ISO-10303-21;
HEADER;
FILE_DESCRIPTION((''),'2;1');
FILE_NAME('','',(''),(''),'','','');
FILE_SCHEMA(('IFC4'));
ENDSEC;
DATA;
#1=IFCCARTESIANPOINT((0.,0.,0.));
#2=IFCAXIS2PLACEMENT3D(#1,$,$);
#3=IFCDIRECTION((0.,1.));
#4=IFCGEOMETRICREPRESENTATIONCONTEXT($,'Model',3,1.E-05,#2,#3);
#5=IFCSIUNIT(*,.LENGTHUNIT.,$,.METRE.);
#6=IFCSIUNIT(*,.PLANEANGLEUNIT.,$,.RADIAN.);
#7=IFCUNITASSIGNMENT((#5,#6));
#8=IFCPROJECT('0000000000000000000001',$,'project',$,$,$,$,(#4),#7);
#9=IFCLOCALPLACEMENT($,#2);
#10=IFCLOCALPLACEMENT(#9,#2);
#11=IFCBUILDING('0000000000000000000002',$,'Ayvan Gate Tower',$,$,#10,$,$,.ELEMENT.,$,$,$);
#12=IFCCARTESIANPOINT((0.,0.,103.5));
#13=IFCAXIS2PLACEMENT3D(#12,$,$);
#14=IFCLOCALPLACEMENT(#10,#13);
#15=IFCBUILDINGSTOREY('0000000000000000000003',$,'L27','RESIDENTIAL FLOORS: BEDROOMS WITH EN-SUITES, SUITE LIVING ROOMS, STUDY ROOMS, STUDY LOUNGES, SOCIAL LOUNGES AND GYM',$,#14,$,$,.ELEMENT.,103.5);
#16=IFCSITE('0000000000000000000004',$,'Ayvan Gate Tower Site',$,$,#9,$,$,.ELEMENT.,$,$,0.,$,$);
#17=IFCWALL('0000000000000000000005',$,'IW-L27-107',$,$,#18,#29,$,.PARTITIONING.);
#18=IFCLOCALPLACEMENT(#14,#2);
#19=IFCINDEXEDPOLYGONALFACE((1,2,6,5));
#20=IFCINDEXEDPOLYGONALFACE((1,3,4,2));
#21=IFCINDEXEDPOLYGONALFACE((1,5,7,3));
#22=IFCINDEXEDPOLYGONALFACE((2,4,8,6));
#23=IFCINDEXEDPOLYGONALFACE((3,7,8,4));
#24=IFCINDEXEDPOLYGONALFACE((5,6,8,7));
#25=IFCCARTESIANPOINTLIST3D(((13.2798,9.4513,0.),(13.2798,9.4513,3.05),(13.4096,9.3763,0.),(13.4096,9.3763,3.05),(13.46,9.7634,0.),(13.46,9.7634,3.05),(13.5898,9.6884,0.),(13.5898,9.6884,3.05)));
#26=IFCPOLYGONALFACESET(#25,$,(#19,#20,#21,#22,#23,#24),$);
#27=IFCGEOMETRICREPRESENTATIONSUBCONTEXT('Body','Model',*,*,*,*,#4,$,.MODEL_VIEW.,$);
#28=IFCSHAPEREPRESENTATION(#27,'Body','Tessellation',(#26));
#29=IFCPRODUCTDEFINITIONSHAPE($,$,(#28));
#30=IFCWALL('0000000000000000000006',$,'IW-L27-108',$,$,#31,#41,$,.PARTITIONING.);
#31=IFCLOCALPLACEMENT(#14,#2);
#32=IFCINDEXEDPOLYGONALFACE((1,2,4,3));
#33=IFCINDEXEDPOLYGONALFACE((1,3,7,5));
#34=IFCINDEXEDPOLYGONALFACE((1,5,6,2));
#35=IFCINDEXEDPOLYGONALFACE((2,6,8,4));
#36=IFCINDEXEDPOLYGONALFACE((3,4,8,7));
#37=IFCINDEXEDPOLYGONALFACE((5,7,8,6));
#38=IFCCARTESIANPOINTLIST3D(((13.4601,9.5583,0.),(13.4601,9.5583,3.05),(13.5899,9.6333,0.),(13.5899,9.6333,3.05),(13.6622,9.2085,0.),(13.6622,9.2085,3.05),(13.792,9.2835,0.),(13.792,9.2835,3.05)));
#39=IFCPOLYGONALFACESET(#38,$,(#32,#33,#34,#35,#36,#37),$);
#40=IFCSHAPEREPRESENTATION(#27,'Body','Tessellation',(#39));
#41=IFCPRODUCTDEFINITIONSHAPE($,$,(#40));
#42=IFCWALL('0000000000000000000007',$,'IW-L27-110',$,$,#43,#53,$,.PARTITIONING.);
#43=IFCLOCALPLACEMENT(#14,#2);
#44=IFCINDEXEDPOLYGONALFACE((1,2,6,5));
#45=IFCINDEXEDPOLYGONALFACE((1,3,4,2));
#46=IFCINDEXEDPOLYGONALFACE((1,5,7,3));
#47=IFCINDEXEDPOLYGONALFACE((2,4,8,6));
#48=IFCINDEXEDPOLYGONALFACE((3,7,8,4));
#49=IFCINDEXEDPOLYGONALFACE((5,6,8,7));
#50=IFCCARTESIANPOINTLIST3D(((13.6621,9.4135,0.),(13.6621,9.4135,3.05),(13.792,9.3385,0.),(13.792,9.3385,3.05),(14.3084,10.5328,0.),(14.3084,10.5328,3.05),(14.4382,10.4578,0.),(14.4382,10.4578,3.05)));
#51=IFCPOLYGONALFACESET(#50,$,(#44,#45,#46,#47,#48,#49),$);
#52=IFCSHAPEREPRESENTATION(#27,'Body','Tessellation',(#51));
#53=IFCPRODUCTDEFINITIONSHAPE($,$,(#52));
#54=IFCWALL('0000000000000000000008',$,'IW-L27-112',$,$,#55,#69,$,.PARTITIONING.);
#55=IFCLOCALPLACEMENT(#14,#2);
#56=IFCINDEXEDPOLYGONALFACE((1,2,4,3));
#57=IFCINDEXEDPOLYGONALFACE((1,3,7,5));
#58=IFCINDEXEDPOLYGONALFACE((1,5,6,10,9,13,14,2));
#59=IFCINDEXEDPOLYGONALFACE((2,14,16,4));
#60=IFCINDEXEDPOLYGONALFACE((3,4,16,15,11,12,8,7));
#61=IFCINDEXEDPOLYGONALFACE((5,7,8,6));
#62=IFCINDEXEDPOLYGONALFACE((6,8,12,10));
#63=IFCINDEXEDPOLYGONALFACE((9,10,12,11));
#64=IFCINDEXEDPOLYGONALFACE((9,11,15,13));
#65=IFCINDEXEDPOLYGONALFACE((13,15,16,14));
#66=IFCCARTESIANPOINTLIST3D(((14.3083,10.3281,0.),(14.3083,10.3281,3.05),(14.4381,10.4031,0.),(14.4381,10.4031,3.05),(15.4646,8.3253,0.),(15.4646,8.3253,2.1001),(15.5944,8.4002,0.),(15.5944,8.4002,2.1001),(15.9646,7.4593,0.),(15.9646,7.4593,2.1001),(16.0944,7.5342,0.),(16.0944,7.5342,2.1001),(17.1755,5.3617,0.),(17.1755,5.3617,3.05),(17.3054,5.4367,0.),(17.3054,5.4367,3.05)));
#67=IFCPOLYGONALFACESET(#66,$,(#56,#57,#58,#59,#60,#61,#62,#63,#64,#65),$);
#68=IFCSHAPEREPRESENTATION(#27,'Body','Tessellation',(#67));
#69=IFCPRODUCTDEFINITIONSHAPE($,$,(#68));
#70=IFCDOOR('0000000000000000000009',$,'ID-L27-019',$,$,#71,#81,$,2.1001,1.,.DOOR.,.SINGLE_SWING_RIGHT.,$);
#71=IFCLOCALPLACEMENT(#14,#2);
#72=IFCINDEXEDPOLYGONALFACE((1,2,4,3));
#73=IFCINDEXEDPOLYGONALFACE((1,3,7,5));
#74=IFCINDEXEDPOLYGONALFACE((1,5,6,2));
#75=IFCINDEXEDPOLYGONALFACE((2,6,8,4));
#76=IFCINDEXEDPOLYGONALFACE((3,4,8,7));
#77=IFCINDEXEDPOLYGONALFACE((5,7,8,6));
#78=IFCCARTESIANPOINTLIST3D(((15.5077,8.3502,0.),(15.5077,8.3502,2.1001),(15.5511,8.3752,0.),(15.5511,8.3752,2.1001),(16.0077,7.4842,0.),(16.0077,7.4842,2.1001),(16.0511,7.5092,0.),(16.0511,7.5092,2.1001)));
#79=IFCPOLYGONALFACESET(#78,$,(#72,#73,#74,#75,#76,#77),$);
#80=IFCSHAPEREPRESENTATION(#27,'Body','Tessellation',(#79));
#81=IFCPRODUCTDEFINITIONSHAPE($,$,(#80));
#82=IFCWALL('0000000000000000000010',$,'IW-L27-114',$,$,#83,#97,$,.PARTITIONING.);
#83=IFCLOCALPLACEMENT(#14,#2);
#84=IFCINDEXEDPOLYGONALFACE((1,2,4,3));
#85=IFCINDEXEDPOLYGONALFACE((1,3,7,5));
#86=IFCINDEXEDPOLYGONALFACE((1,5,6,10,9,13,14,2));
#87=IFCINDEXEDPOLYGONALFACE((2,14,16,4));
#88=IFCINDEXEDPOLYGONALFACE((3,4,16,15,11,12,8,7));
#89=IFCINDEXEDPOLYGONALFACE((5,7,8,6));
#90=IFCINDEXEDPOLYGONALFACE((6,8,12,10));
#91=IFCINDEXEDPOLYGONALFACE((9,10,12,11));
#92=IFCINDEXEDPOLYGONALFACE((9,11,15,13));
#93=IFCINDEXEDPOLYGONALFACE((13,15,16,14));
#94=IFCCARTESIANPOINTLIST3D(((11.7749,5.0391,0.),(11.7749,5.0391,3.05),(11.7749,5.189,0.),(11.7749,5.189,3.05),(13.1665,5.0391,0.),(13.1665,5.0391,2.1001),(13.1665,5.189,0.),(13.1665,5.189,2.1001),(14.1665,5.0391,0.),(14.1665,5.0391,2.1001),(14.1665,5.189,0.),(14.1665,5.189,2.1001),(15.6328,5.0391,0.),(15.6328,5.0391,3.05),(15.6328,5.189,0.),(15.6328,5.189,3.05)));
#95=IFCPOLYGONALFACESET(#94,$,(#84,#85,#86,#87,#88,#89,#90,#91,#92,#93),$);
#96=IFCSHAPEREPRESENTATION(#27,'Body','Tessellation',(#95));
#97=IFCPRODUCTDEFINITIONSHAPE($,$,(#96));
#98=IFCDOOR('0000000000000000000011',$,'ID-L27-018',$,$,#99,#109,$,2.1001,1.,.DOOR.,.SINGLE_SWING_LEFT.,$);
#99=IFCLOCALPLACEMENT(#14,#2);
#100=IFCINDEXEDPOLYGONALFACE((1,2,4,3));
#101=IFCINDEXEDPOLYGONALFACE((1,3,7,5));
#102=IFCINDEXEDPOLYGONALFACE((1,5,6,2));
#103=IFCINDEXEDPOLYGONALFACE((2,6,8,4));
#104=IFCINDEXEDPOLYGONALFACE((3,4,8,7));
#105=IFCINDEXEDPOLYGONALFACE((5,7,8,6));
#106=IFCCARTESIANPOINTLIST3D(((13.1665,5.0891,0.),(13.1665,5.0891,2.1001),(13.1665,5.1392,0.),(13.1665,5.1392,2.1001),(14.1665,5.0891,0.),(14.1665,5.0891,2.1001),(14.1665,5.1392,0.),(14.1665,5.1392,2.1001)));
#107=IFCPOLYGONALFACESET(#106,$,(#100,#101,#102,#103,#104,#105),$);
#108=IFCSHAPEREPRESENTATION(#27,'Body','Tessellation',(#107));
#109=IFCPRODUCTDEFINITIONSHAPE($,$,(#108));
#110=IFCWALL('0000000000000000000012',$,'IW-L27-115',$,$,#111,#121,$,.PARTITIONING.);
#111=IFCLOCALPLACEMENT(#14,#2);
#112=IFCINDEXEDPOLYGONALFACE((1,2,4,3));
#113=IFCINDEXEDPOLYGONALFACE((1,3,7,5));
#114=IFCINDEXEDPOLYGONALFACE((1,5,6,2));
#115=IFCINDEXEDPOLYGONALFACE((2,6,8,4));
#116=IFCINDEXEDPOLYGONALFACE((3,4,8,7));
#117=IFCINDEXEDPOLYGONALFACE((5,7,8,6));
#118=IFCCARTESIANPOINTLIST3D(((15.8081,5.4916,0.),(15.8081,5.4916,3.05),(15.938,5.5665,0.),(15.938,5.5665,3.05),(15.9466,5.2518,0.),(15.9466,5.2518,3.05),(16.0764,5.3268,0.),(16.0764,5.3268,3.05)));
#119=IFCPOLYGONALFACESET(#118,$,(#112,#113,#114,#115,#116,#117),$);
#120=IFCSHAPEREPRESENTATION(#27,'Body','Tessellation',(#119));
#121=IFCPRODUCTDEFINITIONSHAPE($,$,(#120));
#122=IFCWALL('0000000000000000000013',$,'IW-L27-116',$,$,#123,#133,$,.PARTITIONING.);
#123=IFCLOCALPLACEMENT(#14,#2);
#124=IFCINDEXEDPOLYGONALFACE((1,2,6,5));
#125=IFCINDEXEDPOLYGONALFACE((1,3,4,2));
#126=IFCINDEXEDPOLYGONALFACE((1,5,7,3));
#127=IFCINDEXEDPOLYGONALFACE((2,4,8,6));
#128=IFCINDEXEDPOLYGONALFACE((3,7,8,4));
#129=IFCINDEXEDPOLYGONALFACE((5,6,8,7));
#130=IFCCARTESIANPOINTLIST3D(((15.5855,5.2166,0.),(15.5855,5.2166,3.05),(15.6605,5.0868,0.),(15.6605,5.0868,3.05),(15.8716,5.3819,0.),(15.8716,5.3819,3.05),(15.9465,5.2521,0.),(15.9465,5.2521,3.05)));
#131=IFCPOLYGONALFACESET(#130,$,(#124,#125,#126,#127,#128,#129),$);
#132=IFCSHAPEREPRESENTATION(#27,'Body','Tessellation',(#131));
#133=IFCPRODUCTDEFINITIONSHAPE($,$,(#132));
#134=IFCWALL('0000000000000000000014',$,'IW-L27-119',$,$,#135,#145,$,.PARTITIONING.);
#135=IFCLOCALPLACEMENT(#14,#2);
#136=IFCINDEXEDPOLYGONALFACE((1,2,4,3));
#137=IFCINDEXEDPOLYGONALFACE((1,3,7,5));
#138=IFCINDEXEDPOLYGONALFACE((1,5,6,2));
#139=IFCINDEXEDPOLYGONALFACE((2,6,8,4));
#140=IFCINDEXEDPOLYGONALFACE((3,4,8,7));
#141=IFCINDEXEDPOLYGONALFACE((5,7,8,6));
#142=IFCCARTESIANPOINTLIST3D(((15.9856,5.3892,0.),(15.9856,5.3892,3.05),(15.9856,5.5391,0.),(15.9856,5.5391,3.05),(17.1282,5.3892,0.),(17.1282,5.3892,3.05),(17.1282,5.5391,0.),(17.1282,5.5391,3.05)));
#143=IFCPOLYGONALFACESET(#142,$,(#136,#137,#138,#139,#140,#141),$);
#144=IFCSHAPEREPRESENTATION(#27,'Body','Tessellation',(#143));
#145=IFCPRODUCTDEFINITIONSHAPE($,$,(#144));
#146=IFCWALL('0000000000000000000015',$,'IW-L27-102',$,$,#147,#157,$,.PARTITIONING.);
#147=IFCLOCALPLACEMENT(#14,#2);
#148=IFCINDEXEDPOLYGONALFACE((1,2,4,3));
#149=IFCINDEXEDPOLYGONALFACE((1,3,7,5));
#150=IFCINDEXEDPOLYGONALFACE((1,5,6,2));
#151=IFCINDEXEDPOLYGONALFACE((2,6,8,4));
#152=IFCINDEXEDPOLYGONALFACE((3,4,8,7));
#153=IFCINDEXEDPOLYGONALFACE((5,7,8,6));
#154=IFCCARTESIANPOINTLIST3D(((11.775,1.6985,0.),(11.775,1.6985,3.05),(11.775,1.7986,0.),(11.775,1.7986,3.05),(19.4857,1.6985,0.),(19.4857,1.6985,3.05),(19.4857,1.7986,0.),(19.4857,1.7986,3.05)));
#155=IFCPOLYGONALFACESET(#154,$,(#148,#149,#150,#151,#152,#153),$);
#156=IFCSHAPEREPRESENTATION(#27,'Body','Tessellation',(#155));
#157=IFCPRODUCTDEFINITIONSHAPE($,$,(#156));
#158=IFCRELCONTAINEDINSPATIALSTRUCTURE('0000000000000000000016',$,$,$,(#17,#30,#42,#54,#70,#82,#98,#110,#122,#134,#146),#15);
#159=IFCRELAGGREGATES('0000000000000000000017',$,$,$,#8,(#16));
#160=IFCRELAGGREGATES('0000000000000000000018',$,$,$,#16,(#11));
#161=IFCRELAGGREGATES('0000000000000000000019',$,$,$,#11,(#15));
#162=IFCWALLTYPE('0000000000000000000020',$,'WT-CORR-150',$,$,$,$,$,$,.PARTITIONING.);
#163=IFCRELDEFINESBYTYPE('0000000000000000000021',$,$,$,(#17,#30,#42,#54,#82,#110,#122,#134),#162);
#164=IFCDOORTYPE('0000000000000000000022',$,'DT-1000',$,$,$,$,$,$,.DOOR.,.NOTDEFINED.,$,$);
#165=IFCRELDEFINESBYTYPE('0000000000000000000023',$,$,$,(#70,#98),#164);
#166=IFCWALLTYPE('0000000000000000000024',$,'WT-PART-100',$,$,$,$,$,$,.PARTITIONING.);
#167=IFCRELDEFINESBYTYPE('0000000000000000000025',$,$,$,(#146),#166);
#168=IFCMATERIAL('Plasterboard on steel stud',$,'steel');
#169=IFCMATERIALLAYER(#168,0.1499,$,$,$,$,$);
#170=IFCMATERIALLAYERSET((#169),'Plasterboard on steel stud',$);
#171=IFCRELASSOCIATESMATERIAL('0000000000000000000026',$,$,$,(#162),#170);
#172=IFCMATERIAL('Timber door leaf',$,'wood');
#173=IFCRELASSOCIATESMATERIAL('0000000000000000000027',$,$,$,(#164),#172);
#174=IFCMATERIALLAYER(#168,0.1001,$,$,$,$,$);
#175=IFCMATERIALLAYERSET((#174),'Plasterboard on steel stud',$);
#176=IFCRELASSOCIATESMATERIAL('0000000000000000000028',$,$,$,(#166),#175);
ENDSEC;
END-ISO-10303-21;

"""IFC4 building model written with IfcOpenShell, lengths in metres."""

from ifc_helpers import new_model, si_unit, direction, frame, frame_2d, origin, place, context, subcontext, project, spatial, rectangle, extrude, material, layer, layer_set, type_object, element, fill, save


model = new_model("IFC4")

# Units and contexts
model_context = context("Model", 3, precision=1e-05, world=origin(), true_north=direction((0.0, 1.0)))
body_context = subcontext(model_context, "Body", "Model", "MODEL_VIEW")
ifc_project = project(units=[si_unit("LENGTHUNIT", "METRE"), si_unit("PLANEANGLEUNIT", "RADIAN")], contexts=[model_context])

# Site, building, storey
site_placement = place(None, origin())
site = spatial("IfcSite", under=ifc_project, at=site_placement, Name="Ayvan Gate Tower Site", CompositionType="ELEMENT", RefElevation=0.0)
building_placement = place(site_placement, origin())
building = spatial("IfcBuilding", under=site, at=building_placement, Name="Ayvan Gate Tower", CompositionType="ELEMENT")
storey_placement = place(building_placement, frame((0.0, 0.0, 103.5)))
storey = spatial("IfcBuildingStorey", under=building, at=storey_placement, Name="L27", Description="RESIDENTIAL FLOORS: BEDROOMS WITH EN-SUITES, SUITE LIVING ROOMS, STUDY ROOMS, STUDY LOUNGES, SOCIAL LOUNGES AND GYM", CompositionType="ELEMENT", Elevation=103.5)

# Walls
ifc_material_1 = material(Name="Plasterboard on steel stud", Category="steel")
ifc_layer_1 = layer(ifc_material_1, 0.1499)
ifc_layer_set_1 = layer_set([ifc_layer_1], Name="Plasterboard on steel stud")
wall_type_1 = type_object("IfcWallType", Name="WT-CORR-150", PredefinedType="PARTITIONING", material=ifc_layer_set_1)
wall_1_placement = place(storey_placement, frame((13.3447, 9.4138, 0.0), z_axis=(0.0, 0.0, 1.0), x_axis=(0.500074, 0.865982, 0.0)))
element("IfcWall", 1, at=wall_1_placement, inside=storey, type_object=wall_type_1, Name="IW-L27-107", PredefinedType="PARTITIONING", context=body_context, shape_type="SweptSolid", body=[
    extrude(rectangle(XDim=0.3604, YDim=0.1499, at=frame_2d((0.1802, 0.0))), origin(), (0.0, 0.0, 1.0), 3.05),
])
wall_2_placement = place(storey_placement, frame((13.5249, 9.5959, 0.0), z_axis=(0.0, 0.0, 1.0), x_axis=(0.500298, -0.865853, 0.0)))
element("IfcWall", 2, at=wall_2_placement, inside=storey, type_object=wall_type_1, Name="IW-L27-108", PredefinedType="PARTITIONING", context=body_context, shape_type="SweptSolid", body=[
    extrude(rectangle(XDim=0.4041, YDim=0.1499, at=frame_2d((0.2021, 0.0))), origin(), (0.0, 0.0, 1.0), 3.05),
])
wall_3_placement = place(storey_placement, frame((13.7271, 9.376, 0.0), z_axis=(0.0, 0.0, 1.0), x_axis=(0.499979, 0.866038, 0.0)))
element("IfcWall", 3, at=wall_3_placement, inside=storey, type_object=wall_type_1, Name="IW-L27-110", PredefinedType="PARTITIONING", context=body_context, shape_type="SweptSolid", body=[
    extrude(rectangle(XDim=1.2925, YDim=0.1499, at=frame_2d((0.6462, 0.0))), origin(), (0.0, 0.0, 1.0), 3.05),
])

# Walls, openings, doors
wall_4_placement = place(storey_placement, frame((14.3733, 10.3655, 0.0), z_axis=(0.0, 0.0, 1.0), x_axis=(0.499985, -0.866034, 0.0)))
wall_4 = element("IfcWall", 4, at=wall_4_placement, inside=storey, type_object=wall_type_1, Name="IW-L27-112", PredefinedType="PARTITIONING", context=body_context, shape_type="SweptSolid", body=[
    extrude(rectangle(XDim=5.7346, YDim=0.1499, at=frame_2d((2.8672, 0.0))), origin(), (0.0, 0.0, 1.0), 3.05),
])
opening_1_placement = place(wall_4_placement, frame((2.3125, 0.0, 0.0)))
opening_1 = element("IfcOpeningElement", 5, at=opening_1_placement, cuts=wall_4, PredefinedType="OPENING", context=body_context, shape_type="SweptSolid", body=[
    extrude(rectangle(XDim=1.0, YDim=2.1001, at=frame_2d((0.5, 1.05))), frame((0.0, 0.085, 0.0), z_axis=(0.0, -1.0, 0.0), x_axis=(1.0, 0.0, 0.0)), (0.0, 0.0, 1.0), 0.1699),
])
ifc_material_2 = material(Name="Timber door leaf", Category="wood")
door_type_1 = type_object("IfcDoorType", Name="DT-1000", OperationType="NOTDEFINED", PredefinedType="DOOR", material=ifc_material_2)
door_1_placement = place(opening_1_placement, origin())
door_1 = element("IfcDoor", 6, at=door_1_placement, inside=storey, type_object=door_type_1, Name="ID-L27-019", OperationType="SINGLE_SWING_RIGHT", OverallHeight=2.1001, OverallWidth=1.0, PredefinedType="DOOR", context=body_context, shape_type="SweptSolid", body=[
    extrude(rectangle(XDim=1.0, YDim=2.1001, at=frame_2d((0.5, 1.05))), frame((0.0, 0.0249, 0.0), z_axis=(0.0, -1.0, 0.0), x_axis=(1.0, 0.0, 0.0)), (0.0, 0.0, 1.0), 0.05),
])
fill(opening_1, door_1)
wall_5_placement = place(storey_placement, frame((15.6328, 5.114, 0.0), z_axis=(0.0, 0.0, 1.0), x_axis=(-1.0, 0.0, 0.0)))
wall_5 = element("IfcWall", 7, at=wall_5_placement, inside=storey, type_object=wall_type_1, Name="IW-L27-114", PredefinedType="PARTITIONING", context=body_context, shape_type="SweptSolid", body=[
    extrude(rectangle(XDim=3.8579, YDim=0.1499, at=frame_2d((1.929, 0.0))), origin(), (0.0, 0.0, 1.0), 3.05),
])
opening_2_placement = place(wall_5_placement, frame((1.4663, 0.0, 0.0)))
opening_2 = element("IfcOpeningElement", 8, at=opening_2_placement, cuts=wall_5, PredefinedType="OPENING", context=body_context, shape_type="SweptSolid", body=[
    extrude(rectangle(XDim=1.0, YDim=2.1001, at=frame_2d((0.5, 1.05))), frame((0.0, 0.085, 0.0), z_axis=(0.0, -1.0, 0.0), x_axis=(1.0, 0.0, 0.0)), (0.0, 0.0, 1.0), 0.1699),
])
door_2_placement = place(opening_2_placement, origin())
door_2 = element("IfcDoor", 9, at=door_2_placement, inside=storey, type_object=door_type_1, Name="ID-L27-018", OperationType="SINGLE_SWING_LEFT", OverallHeight=2.1001, OverallWidth=1.0, PredefinedType="DOOR", context=body_context, shape_type="SweptSolid", body=[
    extrude(rectangle(XDim=1.0, YDim=2.1001, at=frame_2d((0.5, 1.05))), frame((0.0, 0.0249, 0.0), z_axis=(0.0, -1.0, 0.0), x_axis=(1.0, 0.0, 0.0)), (0.0, 0.0, 1.0), 0.05),
])
fill(opening_2, door_2)

# Walls
wall_6_placement = place(storey_placement, frame((15.873, 5.5291, 0.0), z_axis=(0.0, 0.0, 1.0), x_axis=(0.500028, -0.866009, 0.0)))
element("IfcWall", 10, at=wall_6_placement, inside=storey, type_object=wall_type_1, Name="IW-L27-115", PredefinedType="PARTITIONING", context=body_context, shape_type="SweptSolid", body=[
    extrude(rectangle(XDim=0.2769, YDim=0.1499, at=frame_2d((0.1384, 0.0))), origin(), (0.0, 0.0, 1.0), 3.05),
])
wall_7_placement = place(storey_placement, frame((15.9089, 5.3169, 0.0), z_axis=(0.0, 0.0, 1.0), x_axis=(-0.865915, -0.500191, 0.0)))
element("IfcWall", 11, at=wall_7_placement, inside=storey, type_object=wall_type_1, Name="IW-L27-116", PredefinedType="PARTITIONING", context=body_context, shape_type="SweptSolid", body=[
    extrude(rectangle(XDim=0.3303, YDim=0.1499, at=frame_2d((0.165, 0.0))), origin(), (0.0, 0.0, 1.0), 3.05),
])
wall_8_placement = place(storey_placement, frame((17.1282, 5.4641, 0.0), z_axis=(0.0, 0.0, 1.0), x_axis=(-1.0, 0.0, 0.0)))
element("IfcWall", 12, at=wall_8_placement, inside=storey, type_object=wall_type_1, Name="IW-L27-119", PredefinedType="PARTITIONING", context=body_context, shape_type="SweptSolid", body=[
    extrude(rectangle(XDim=1.1426, YDim=0.1499, at=frame_2d((0.5713, 0.0))), origin(), (0.0, 0.0, 1.0), 3.05),
])
ifc_layer_2 = layer(ifc_material_1, 0.1001)
ifc_layer_set_2 = layer_set([ifc_layer_2], Name="Plasterboard on steel stud")
wall_type_2 = type_object("IfcWallType", Name="WT-PART-100", PredefinedType="PARTITIONING", material=ifc_layer_set_2)
wall_9_placement = place(storey_placement, frame((11.7749, 1.7485, 0.0), z_axis=(0.0, 0.0, 1.0), x_axis=(1.0, 0.0, 0.0)))
element("IfcWall", 13, at=wall_9_placement, inside=storey, type_object=wall_type_2, Name="IW-L27-102", PredefinedType="PARTITIONING", context=body_context, shape_type="SweptSolid", body=[
    extrude(rectangle(XDim=7.7107, YDim=0.1001, at=frame_2d((3.8555, 0.0))), origin(), (0.0, 0.0, 1.0), 3.05),
])

save(model, "model.ifc")
